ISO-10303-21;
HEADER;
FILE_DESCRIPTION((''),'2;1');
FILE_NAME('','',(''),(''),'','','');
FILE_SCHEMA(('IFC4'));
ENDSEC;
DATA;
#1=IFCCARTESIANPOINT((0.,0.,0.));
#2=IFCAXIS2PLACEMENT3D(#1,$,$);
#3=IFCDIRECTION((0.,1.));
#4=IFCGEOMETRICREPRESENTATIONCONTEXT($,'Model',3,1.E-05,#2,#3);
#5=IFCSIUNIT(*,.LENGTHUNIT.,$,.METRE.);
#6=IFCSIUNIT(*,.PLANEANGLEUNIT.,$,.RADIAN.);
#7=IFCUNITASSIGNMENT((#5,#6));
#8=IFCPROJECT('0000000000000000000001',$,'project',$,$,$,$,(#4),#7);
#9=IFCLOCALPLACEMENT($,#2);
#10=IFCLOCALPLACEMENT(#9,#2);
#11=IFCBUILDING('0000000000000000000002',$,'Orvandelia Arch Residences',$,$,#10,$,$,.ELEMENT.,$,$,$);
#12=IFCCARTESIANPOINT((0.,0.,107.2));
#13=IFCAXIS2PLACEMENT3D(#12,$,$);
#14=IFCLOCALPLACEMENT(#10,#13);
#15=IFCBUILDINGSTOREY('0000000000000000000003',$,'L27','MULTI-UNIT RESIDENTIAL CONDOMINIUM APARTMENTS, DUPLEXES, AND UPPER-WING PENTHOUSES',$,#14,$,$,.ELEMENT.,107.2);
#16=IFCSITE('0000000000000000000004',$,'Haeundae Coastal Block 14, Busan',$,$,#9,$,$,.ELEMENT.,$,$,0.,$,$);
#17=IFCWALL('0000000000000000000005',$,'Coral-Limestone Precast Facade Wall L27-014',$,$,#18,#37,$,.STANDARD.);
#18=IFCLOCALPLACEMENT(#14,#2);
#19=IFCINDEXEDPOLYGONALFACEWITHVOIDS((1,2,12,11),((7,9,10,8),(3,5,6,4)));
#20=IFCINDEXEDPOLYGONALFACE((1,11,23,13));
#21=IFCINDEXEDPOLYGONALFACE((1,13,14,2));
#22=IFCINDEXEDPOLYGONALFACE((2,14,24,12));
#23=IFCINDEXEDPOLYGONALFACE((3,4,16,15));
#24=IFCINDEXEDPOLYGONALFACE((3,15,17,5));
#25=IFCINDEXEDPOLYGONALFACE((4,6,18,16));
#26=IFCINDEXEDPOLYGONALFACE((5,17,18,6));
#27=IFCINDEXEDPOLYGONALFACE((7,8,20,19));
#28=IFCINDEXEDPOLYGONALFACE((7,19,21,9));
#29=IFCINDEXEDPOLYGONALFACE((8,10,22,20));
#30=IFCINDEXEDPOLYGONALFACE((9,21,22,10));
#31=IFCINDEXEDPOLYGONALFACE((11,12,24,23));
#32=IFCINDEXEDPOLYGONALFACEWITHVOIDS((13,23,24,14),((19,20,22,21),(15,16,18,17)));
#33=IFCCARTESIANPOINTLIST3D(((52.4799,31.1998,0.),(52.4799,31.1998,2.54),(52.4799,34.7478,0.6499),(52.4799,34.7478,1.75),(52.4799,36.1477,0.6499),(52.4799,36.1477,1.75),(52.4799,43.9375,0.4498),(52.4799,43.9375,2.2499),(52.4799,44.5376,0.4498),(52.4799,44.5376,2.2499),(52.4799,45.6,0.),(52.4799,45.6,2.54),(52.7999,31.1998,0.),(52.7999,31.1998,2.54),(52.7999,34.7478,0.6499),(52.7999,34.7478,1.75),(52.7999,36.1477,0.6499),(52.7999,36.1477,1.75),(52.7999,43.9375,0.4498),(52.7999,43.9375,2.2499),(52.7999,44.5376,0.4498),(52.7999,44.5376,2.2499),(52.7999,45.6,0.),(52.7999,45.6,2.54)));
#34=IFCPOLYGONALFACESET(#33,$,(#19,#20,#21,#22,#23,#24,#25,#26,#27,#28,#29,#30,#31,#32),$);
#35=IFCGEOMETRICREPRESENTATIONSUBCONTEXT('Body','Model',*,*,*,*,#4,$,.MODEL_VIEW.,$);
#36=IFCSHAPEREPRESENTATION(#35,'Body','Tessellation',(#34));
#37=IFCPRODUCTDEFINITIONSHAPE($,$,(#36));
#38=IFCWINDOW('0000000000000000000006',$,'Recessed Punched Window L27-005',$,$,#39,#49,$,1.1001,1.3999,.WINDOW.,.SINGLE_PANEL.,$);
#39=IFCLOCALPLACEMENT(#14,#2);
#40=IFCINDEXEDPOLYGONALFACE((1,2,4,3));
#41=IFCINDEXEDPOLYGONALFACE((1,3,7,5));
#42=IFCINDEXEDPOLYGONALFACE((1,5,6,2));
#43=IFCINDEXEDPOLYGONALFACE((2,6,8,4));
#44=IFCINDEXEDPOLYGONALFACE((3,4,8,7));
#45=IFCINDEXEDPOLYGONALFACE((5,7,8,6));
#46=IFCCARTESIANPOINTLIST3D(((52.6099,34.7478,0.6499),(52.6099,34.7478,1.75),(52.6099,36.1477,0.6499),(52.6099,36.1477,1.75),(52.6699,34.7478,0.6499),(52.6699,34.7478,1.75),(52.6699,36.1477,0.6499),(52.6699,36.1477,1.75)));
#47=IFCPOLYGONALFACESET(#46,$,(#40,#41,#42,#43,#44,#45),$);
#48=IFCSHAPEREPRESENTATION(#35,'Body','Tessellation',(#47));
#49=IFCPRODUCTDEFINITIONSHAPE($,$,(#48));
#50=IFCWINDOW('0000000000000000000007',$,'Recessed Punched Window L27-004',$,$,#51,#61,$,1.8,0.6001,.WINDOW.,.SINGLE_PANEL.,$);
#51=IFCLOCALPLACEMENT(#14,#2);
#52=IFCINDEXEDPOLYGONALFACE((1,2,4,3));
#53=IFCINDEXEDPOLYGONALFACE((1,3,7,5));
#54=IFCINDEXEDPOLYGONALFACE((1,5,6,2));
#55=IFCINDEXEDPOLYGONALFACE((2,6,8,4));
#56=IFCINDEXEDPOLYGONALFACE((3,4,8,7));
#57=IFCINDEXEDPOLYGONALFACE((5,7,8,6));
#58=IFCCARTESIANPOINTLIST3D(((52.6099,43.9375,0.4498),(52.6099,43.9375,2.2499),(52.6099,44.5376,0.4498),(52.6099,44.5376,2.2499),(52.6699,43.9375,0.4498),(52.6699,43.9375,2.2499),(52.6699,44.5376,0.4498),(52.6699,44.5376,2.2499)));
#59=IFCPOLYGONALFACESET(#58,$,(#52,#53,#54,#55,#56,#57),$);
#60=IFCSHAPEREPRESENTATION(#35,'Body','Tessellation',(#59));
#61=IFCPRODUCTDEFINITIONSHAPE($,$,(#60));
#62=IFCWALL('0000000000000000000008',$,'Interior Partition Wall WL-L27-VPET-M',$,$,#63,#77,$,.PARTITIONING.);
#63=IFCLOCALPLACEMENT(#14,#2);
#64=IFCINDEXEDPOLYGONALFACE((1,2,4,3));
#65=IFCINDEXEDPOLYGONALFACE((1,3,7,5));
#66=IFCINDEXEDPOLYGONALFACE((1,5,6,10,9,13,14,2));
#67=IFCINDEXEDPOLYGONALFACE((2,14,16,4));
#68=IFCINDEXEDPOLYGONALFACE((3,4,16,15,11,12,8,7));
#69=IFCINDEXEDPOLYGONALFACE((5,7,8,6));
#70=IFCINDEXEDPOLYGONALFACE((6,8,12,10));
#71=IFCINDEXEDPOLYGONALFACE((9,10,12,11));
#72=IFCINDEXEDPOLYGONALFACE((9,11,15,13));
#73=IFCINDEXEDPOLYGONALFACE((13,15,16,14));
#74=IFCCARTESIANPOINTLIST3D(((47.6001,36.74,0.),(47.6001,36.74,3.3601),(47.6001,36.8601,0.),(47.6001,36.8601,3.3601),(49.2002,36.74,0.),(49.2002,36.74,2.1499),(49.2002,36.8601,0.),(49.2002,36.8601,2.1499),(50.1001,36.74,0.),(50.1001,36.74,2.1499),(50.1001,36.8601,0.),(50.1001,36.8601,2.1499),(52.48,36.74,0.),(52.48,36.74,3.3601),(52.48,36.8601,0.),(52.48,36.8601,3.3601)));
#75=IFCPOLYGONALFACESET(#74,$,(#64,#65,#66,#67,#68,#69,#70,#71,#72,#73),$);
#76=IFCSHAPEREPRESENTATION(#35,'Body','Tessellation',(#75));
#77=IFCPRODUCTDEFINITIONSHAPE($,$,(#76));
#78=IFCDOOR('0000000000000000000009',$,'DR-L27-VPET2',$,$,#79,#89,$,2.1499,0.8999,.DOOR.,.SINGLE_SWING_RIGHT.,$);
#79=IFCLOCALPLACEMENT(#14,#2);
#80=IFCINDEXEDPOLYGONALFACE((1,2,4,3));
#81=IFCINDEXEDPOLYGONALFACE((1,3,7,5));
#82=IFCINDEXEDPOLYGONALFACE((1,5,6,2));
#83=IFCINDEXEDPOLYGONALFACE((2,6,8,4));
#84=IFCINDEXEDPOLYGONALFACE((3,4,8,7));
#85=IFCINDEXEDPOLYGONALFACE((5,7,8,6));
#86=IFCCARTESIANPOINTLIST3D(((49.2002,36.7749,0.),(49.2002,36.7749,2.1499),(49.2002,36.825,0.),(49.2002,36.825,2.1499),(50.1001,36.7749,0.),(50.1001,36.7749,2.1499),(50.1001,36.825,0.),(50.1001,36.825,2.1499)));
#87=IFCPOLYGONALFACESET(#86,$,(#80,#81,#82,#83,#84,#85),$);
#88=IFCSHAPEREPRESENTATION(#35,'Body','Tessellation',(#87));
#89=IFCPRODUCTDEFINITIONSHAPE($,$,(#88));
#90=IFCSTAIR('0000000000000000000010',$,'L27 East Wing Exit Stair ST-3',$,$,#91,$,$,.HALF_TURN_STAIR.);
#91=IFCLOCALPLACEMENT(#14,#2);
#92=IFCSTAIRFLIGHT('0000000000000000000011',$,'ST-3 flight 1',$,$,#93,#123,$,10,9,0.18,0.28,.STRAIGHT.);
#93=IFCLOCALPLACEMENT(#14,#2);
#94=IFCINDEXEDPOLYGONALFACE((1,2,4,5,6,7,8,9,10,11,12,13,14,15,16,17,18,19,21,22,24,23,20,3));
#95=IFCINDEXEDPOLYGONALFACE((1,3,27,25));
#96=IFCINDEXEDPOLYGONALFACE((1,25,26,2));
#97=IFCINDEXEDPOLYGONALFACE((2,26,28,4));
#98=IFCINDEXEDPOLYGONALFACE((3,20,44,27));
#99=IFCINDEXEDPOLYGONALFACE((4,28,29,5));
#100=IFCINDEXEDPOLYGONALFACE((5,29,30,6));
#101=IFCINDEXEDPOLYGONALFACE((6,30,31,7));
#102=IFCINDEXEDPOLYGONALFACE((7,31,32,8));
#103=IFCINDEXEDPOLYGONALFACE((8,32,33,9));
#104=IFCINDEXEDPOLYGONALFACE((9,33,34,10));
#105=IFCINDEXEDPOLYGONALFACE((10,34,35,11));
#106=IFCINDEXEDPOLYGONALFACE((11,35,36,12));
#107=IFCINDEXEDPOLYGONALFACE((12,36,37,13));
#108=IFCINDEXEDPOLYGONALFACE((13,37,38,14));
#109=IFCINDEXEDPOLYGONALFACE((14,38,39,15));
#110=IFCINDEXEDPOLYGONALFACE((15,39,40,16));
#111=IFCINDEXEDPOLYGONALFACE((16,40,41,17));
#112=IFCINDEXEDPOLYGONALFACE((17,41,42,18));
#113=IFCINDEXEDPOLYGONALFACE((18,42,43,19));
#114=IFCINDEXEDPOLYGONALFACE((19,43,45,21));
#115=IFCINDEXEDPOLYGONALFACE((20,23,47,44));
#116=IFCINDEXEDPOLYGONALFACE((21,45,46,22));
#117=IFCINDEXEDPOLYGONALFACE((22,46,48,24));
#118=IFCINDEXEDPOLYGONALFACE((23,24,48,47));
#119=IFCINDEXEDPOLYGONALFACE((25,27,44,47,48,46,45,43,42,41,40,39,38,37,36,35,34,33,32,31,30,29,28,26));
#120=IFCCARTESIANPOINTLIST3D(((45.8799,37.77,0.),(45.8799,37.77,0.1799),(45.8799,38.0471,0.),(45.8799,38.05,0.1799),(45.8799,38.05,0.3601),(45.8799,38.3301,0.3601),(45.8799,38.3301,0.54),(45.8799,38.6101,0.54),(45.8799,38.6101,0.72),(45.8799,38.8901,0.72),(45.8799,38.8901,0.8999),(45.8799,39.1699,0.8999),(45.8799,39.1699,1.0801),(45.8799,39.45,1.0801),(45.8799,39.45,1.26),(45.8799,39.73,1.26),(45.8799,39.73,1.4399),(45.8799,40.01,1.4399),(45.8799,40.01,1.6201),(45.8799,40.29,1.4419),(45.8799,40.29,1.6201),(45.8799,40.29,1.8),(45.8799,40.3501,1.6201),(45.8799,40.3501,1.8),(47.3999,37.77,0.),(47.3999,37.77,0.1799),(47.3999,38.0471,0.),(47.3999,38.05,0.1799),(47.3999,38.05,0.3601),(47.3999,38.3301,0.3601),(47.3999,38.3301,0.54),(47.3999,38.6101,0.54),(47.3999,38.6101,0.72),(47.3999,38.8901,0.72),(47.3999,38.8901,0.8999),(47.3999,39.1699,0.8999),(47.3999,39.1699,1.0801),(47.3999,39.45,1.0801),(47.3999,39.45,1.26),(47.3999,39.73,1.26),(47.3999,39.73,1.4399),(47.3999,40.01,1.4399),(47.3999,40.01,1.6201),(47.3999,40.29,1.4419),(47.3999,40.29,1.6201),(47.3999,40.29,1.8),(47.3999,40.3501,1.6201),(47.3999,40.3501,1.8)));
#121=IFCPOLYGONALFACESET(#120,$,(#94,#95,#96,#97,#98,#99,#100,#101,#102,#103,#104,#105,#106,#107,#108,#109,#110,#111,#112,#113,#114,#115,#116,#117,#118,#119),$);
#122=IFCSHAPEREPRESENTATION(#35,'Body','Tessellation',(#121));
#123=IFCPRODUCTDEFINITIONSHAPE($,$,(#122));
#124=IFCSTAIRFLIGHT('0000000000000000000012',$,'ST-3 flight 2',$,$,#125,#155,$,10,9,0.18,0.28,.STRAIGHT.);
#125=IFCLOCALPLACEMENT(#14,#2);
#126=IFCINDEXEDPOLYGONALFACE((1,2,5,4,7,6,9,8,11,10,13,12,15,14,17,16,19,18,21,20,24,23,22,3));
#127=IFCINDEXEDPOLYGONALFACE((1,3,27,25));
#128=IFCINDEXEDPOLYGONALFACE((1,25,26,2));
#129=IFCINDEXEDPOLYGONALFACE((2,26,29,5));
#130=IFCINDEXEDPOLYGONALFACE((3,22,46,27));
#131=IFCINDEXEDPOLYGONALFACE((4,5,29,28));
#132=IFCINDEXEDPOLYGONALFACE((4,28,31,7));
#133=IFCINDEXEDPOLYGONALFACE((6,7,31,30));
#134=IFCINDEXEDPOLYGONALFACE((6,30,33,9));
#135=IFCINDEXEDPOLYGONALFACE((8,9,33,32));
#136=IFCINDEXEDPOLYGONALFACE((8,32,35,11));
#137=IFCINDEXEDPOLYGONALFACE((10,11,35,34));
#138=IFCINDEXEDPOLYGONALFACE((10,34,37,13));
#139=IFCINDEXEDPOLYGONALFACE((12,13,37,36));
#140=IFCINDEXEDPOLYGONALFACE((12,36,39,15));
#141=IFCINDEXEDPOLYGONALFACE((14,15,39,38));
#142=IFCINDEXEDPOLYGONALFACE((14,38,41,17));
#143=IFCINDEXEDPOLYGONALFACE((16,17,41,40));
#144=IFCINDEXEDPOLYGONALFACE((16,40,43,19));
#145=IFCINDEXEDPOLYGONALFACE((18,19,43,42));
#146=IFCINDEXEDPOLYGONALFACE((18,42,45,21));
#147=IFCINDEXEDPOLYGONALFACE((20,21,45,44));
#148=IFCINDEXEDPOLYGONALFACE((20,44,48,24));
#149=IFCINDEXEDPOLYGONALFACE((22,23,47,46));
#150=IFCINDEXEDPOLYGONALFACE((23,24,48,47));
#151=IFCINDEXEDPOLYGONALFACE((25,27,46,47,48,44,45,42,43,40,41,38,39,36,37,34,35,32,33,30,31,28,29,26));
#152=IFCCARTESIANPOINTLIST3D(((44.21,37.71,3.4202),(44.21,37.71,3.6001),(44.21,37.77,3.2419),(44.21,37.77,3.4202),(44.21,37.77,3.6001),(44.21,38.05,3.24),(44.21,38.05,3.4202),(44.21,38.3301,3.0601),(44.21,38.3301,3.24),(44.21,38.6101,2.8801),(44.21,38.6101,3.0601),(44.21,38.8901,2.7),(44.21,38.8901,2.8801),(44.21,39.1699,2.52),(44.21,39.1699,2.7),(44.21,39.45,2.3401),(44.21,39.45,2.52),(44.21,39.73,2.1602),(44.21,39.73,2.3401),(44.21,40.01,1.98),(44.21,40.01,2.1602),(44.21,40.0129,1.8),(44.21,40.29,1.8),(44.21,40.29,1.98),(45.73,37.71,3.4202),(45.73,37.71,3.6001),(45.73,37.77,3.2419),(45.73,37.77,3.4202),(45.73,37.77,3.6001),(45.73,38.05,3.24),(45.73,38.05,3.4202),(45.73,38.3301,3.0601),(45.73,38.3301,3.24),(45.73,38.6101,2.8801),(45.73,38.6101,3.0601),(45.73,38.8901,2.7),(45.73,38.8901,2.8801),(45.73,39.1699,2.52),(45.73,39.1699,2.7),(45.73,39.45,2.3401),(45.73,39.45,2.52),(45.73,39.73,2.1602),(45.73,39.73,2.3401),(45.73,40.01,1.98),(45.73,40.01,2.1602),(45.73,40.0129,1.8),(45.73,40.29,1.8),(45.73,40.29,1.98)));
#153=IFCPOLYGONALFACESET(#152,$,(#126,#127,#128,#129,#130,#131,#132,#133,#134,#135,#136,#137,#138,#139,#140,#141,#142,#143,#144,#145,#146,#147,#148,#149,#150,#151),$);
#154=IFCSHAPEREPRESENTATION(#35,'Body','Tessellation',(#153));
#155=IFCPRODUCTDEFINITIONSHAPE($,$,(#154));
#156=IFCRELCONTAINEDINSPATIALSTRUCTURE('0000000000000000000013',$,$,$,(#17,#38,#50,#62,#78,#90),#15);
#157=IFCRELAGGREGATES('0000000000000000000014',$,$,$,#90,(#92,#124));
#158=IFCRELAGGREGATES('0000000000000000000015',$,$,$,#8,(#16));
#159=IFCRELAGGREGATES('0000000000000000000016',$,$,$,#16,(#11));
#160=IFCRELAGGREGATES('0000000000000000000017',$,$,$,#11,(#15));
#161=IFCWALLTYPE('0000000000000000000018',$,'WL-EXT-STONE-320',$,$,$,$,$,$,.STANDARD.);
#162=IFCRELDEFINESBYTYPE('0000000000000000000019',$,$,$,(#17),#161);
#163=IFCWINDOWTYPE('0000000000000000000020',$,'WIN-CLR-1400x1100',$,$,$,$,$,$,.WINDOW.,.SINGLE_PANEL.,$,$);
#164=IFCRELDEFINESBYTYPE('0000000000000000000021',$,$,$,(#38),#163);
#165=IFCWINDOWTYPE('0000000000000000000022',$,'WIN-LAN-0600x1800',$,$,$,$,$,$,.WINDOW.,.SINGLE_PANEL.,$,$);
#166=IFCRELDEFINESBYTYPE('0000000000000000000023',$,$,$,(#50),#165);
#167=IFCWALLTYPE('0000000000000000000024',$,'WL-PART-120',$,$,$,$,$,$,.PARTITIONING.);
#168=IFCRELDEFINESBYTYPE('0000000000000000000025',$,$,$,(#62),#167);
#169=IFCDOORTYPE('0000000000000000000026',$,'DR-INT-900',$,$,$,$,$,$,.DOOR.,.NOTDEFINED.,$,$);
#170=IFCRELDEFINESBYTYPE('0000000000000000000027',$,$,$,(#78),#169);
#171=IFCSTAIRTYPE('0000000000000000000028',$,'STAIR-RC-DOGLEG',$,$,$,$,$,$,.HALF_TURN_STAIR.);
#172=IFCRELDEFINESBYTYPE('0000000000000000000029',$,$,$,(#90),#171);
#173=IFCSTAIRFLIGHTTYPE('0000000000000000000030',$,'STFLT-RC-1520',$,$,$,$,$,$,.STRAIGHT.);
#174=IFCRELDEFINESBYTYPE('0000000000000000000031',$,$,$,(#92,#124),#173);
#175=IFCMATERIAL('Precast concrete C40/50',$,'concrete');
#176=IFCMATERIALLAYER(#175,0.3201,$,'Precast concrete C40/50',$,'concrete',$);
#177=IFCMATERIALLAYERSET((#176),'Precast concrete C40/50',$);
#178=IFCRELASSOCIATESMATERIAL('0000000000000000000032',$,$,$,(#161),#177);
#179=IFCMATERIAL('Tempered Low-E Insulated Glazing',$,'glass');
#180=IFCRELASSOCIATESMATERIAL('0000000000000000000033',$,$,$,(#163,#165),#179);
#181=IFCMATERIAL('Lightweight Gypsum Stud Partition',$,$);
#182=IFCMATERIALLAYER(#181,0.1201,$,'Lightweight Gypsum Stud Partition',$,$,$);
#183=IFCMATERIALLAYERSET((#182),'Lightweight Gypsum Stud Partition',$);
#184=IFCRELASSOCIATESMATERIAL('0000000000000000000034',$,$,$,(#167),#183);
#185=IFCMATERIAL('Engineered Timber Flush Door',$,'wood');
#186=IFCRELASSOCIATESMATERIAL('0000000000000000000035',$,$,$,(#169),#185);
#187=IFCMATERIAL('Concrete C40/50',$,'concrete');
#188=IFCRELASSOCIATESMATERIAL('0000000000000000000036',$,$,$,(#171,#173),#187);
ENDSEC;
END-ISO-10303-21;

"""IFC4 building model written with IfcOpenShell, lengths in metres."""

from ifc_helpers import new_model, si_unit, direction, frame, frame_2d, origin, place, context, subcontext, project, spatial, polyline, rectangle, outline, extrude, material, layer, layer_set, type_object, element, fill, aggregate, save


model = new_model("IFC4")

# Units and contexts
model_context = context("Model", 3, precision=1e-05, world=origin(), true_north=direction((0.0, 1.0)))
body_context = subcontext(model_context, "Body", "Model", "MODEL_VIEW")
ifc_project = project(units=[si_unit("LENGTHUNIT", "METRE"), si_unit("PLANEANGLEUNIT", "RADIAN")], contexts=[model_context])

# Site, building, storey
site_placement = place(None, origin())
site = spatial("IfcSite", under=ifc_project, at=site_placement, Name="Haeundae Coastal Block 14, Busan", CompositionType="ELEMENT", RefElevation=0.0)
building_placement = place(site_placement, origin())
building = spatial("IfcBuilding", under=site, at=building_placement, Name="Orvandelia Arch Residences", CompositionType="ELEMENT")
storey_placement = place(building_placement, frame((0.0, 0.0, 107.2)))
storey = spatial("IfcBuildingStorey", under=building, at=storey_placement, Name="L27", Description="MULTI-UNIT RESIDENTIAL CONDOMINIUM APARTMENTS, DUPLEXES, AND UPPER-WING PENTHOUSES", CompositionType="ELEMENT", Elevation=107.2)

# Shared definitions
ifc_material_1 = material(Name="Precast concrete C40/50", Category="concrete")
ifc_layer_1 = layer(ifc_material_1, 0.3201, Name="Precast concrete C40/50", Category="concrete")
ifc_layer_set_1 = layer_set([ifc_layer_1], Name="Precast concrete C40/50")
wall_type_1 = type_object("IfcWallType", Name="WL-EXT-STONE-320", PredefinedType="STANDARD", material=ifc_layer_set_1)

# Wall, openings, windows
wall_1_placement = place(storey_placement, frame((52.6399, 45.6001, 0.0), z_axis=(0.0, 0.0, 1.0), x_axis=(0.0, -1.0, 0.0)))
wall_1 = element("IfcWall", 1, at=wall_1_placement, inside=storey, type_object=wall_type_1, Name="Coral-Limestone Precast Facade Wall L27-014", PredefinedType="STANDARD", context=body_context, shape_type="SweptSolid", body=[
    extrude(rectangle(XDim=14.4001, YDim=0.3201, at=frame_2d((7.2002, 0.0))), origin(), (0.0, 0.0, 1.0), 2.54),
])
opening_1_placement = place(wall_1_placement, frame((1.0625, 0.0, 0.45)))
opening_1 = element("IfcOpeningElement", 2, at=opening_1_placement, cuts=wall_1, PredefinedType="OPENING", context=body_context, shape_type="SweptSolid", body=[
    extrude(rectangle(XDim=0.6001, YDim=1.8, at=frame_2d((0.3, 0.8999))), frame((0.0, 0.1699, 0.0), z_axis=(0.0, -1.0, 0.0), x_axis=(1.0, 0.0, 0.0)), (0.0, 0.0, 1.0), 0.3401),
])
opening_2_placement = place(wall_1_placement, frame((9.4524, 0.0, 0.6499)))
opening_2 = element("IfcOpeningElement", 3, at=opening_2_placement, cuts=wall_1, PredefinedType="OPENING", context=body_context, shape_type="SweptSolid", body=[
    extrude(rectangle(XDim=1.3999, YDim=1.1001, at=frame_2d((0.7, 0.55))), frame((0.0, 0.1699, 0.0), z_axis=(0.0, -1.0, 0.0), x_axis=(1.0, 0.0, 0.0)), (0.0, 0.0, 1.0), 0.3401),
])
ifc_material_2 = material(Name="Tempered Low-E Insulated Glazing", Category="glass")
window_type_1 = type_object("IfcWindowType", Name="WIN-CLR-1400x1100", PartitioningType="SINGLE_PANEL", PredefinedType="WINDOW", material=ifc_material_2)
window_1_placement = place(opening_2_placement, origin())
window_1 = element("IfcWindow", 4, at=window_1_placement, inside=storey, type_object=window_type_1, Name="Recessed Punched Window L27-005", OverallHeight=1.1001, OverallWidth=1.3999, PartitioningType="SINGLE_PANEL", PredefinedType="WINDOW", context=body_context, shape_type="SweptSolid", body=[
    extrude(rectangle(XDim=1.3999, YDim=1.1001, at=frame_2d((0.7, 0.55))), frame((0.0, 0.03, 0.0), z_axis=(0.0, -1.0, 0.0), x_axis=(1.0, 0.0, 0.0)), (0.0, 0.0, 1.0), 0.0601),
])
fill(opening_2, window_1)
window_type_2 = type_object("IfcWindowType", Name="WIN-LAN-0600x1800", PartitioningType="SINGLE_PANEL", PredefinedType="WINDOW", material=ifc_material_2)
window_2_placement = place(opening_1_placement, origin())
window_2 = element("IfcWindow", 5, at=window_2_placement, inside=storey, type_object=window_type_2, Name="Recessed Punched Window L27-004", OverallHeight=1.8, OverallWidth=0.6001, PartitioningType="SINGLE_PANEL", PredefinedType="WINDOW", context=body_context, shape_type="SweptSolid", body=[
    extrude(rectangle(XDim=0.6001, YDim=1.8, at=frame_2d((0.3, 0.8999))), frame((0.0, 0.03, 0.0), z_axis=(0.0, -1.0, 0.0), x_axis=(1.0, 0.0, 0.0)), (0.0, 0.0, 1.0), 0.0601),
])
fill(opening_1, window_2)

# Wall, opening, door
ifc_material_3 = material(Name="Lightweight Gypsum Stud Partition")
ifc_layer_2 = layer(ifc_material_3, 0.1201, Name="Lightweight Gypsum Stud Partition")
ifc_layer_set_2 = layer_set([ifc_layer_2], Name="Lightweight Gypsum Stud Partition")
wall_type_2 = type_object("IfcWallType", Name="WL-PART-120", PredefinedType="PARTITIONING", material=ifc_layer_set_2)
wall_2_placement = place(storey_placement, frame((47.6001, 36.8, 0.0), z_axis=(0.0, 0.0, 1.0), x_axis=(1.0, 0.0, 0.0)))
wall_2 = element("IfcWall", 6, at=wall_2_placement, inside=storey, type_object=wall_type_2, Name="Interior Partition Wall WL-L27-VPET-M", PredefinedType="PARTITIONING", context=body_context, shape_type="SweptSolid", body=[
    extrude(rectangle(XDim=4.8799, YDim=0.1201, at=frame_2d((2.4399, 0.0))), origin(), (0.0, 0.0, 1.0), 3.3601),
])
opening_3_placement = place(wall_2_placement, frame((1.6001, 0.0, 0.0)))
opening_3 = element("IfcOpeningElement", 7, at=opening_3_placement, cuts=wall_2, PredefinedType="OPENING", context=body_context, shape_type="SweptSolid", body=[
    extrude(rectangle(XDim=0.8999, YDim=2.1499, at=frame_2d((0.45, 1.075))), frame((0.0, 0.0701, 0.0), z_axis=(0.0, -1.0, 0.0), x_axis=(1.0, 0.0, 0.0)), (0.0, 0.0, 1.0), 0.1401),
])
ifc_material_4 = material(Name="Engineered Timber Flush Door", Category="wood")
door_type_1 = type_object("IfcDoorType", Name="DR-INT-900", OperationType="NOTDEFINED", PredefinedType="DOOR", material=ifc_material_4)
door_1_placement = place(opening_3_placement, origin())
door_1 = element("IfcDoor", 8, at=door_1_placement, inside=storey, type_object=door_type_1, Name="DR-L27-VPET2", OperationType="SINGLE_SWING_RIGHT", OverallHeight=2.1499, OverallWidth=0.8999, PredefinedType="DOOR", context=body_context, shape_type="SweptSolid", body=[
    extrude(rectangle(XDim=0.8999, YDim=2.1499, at=frame_2d((0.45, 1.075))), frame((0.0, 0.0249, 0.0), z_axis=(0.0, -1.0, 0.0), x_axis=(1.0, 0.0, 0.0)), (0.0, 0.0, 1.0), 0.05),
])
fill(opening_3, door_1)

# Stair, stair flights
ifc_material_5 = material(Name="Concrete C40/50", Category="concrete")
stair_type = type_object("IfcStairType", Name="STAIR-RC-DOGLEG", PredefinedType="HALF_TURN_STAIR", material=ifc_material_5)
stair_placement = place(storey_placement, origin())
stair = element("IfcStair", 9, at=stair_placement, inside=storey, type_object=stair_type, Name="L27 East Wing Exit Stair ST-3", PredefinedType="HALF_TURN_STAIR")
stair_flight_type = type_object("IfcStairFlightType", Name="STFLT-RC-1520", PredefinedType="STRAIGHT", material=ifc_material_5)
stair_flight_1_placement = place(storey_placement, frame((46.6399, 37.77, 0.0), z_axis=(0.0, 0.0, 1.0), x_axis=(0.0, 1.0, 0.0)))
stair_flight_1 = element("IfcStairFlight", 10, at=stair_flight_1_placement, type_object=stair_flight_type, Name="ST-3 flight 1", NumberOfRisers=10, NumberOfTreads=9, PredefinedType="STRAIGHT", RiserHeight=0.18, TreadLength=0.28, context=body_context, shape_type="SweptSolid", body=[
    extrude(outline(polyline([(0.0, 0.0), (0.0, 0.1799), (0.28, 0.1799), (0.28, 0.3601), (0.5601, 0.3601), (0.5601, 0.54), (0.8401, 0.54), (0.8401, 0.72), (1.1201, 0.72), (1.1201, 0.8999), (1.3999, 0.8999), (1.3999, 1.0801), (1.6799, 1.0801), (1.6799, 1.26), (1.96, 1.26), (1.96, 1.4399), (2.24, 1.4399), (2.24, 1.6201), (2.52, 1.6201), (2.52, 1.8), (2.5801, 1.8), (2.5801, 1.6201), (2.52, 1.4419), (0.2771, 0.0), (0.0, 0.0)])), frame((0.0, 0.76, 0.0), z_axis=(0.0, -1.0, 0.0), x_axis=(1.0, 0.0, 0.0)), (0.0, 0.0, 1.0), 1.52),
])
stair_flight_2_placement = place(storey_placement, frame((44.97, 40.29, 1.8), z_axis=(0.0, 0.0, 1.0), x_axis=(0.0, -1.0, 0.0)))
stair_flight_2 = element("IfcStairFlight", 11, at=stair_flight_2_placement, type_object=stair_flight_type, Name="ST-3 flight 2", NumberOfRisers=10, NumberOfTreads=9, PredefinedType="STRAIGHT", RiserHeight=0.18, TreadLength=0.28, context=body_context, shape_type="SweptSolid", body=[
    extrude(outline(polyline([(0.0, 0.0), (0.0, 0.1799), (0.28, 0.1799), (0.28, 0.3601), (0.5601, 0.3601), (0.5601, 0.54), (0.8401, 0.54), (0.8401, 0.72), (1.1201, 0.72), (1.1201, 0.8999), (1.3999, 0.8999), (1.3999, 1.0801), (1.6799, 1.0801), (1.6799, 1.26), (1.96, 1.26), (1.96, 1.4399), (2.24, 1.4399), (2.24, 1.6201), (2.52, 1.6201), (2.52, 1.8), (2.5801, 1.8), (2.5801, 1.6201), (2.52, 1.4419), (0.2771, 0.0), (0.0, 0.0)])), frame((0.0, 0.76, 0.0), z_axis=(0.0, -1.0, 0.0), x_axis=(1.0, 0.0, 0.0)), (0.0, 0.0, 1.0), 1.52),
])
aggregate(stair, [stair_flight_1, stair_flight_2])

save(model, "model.ifc")
